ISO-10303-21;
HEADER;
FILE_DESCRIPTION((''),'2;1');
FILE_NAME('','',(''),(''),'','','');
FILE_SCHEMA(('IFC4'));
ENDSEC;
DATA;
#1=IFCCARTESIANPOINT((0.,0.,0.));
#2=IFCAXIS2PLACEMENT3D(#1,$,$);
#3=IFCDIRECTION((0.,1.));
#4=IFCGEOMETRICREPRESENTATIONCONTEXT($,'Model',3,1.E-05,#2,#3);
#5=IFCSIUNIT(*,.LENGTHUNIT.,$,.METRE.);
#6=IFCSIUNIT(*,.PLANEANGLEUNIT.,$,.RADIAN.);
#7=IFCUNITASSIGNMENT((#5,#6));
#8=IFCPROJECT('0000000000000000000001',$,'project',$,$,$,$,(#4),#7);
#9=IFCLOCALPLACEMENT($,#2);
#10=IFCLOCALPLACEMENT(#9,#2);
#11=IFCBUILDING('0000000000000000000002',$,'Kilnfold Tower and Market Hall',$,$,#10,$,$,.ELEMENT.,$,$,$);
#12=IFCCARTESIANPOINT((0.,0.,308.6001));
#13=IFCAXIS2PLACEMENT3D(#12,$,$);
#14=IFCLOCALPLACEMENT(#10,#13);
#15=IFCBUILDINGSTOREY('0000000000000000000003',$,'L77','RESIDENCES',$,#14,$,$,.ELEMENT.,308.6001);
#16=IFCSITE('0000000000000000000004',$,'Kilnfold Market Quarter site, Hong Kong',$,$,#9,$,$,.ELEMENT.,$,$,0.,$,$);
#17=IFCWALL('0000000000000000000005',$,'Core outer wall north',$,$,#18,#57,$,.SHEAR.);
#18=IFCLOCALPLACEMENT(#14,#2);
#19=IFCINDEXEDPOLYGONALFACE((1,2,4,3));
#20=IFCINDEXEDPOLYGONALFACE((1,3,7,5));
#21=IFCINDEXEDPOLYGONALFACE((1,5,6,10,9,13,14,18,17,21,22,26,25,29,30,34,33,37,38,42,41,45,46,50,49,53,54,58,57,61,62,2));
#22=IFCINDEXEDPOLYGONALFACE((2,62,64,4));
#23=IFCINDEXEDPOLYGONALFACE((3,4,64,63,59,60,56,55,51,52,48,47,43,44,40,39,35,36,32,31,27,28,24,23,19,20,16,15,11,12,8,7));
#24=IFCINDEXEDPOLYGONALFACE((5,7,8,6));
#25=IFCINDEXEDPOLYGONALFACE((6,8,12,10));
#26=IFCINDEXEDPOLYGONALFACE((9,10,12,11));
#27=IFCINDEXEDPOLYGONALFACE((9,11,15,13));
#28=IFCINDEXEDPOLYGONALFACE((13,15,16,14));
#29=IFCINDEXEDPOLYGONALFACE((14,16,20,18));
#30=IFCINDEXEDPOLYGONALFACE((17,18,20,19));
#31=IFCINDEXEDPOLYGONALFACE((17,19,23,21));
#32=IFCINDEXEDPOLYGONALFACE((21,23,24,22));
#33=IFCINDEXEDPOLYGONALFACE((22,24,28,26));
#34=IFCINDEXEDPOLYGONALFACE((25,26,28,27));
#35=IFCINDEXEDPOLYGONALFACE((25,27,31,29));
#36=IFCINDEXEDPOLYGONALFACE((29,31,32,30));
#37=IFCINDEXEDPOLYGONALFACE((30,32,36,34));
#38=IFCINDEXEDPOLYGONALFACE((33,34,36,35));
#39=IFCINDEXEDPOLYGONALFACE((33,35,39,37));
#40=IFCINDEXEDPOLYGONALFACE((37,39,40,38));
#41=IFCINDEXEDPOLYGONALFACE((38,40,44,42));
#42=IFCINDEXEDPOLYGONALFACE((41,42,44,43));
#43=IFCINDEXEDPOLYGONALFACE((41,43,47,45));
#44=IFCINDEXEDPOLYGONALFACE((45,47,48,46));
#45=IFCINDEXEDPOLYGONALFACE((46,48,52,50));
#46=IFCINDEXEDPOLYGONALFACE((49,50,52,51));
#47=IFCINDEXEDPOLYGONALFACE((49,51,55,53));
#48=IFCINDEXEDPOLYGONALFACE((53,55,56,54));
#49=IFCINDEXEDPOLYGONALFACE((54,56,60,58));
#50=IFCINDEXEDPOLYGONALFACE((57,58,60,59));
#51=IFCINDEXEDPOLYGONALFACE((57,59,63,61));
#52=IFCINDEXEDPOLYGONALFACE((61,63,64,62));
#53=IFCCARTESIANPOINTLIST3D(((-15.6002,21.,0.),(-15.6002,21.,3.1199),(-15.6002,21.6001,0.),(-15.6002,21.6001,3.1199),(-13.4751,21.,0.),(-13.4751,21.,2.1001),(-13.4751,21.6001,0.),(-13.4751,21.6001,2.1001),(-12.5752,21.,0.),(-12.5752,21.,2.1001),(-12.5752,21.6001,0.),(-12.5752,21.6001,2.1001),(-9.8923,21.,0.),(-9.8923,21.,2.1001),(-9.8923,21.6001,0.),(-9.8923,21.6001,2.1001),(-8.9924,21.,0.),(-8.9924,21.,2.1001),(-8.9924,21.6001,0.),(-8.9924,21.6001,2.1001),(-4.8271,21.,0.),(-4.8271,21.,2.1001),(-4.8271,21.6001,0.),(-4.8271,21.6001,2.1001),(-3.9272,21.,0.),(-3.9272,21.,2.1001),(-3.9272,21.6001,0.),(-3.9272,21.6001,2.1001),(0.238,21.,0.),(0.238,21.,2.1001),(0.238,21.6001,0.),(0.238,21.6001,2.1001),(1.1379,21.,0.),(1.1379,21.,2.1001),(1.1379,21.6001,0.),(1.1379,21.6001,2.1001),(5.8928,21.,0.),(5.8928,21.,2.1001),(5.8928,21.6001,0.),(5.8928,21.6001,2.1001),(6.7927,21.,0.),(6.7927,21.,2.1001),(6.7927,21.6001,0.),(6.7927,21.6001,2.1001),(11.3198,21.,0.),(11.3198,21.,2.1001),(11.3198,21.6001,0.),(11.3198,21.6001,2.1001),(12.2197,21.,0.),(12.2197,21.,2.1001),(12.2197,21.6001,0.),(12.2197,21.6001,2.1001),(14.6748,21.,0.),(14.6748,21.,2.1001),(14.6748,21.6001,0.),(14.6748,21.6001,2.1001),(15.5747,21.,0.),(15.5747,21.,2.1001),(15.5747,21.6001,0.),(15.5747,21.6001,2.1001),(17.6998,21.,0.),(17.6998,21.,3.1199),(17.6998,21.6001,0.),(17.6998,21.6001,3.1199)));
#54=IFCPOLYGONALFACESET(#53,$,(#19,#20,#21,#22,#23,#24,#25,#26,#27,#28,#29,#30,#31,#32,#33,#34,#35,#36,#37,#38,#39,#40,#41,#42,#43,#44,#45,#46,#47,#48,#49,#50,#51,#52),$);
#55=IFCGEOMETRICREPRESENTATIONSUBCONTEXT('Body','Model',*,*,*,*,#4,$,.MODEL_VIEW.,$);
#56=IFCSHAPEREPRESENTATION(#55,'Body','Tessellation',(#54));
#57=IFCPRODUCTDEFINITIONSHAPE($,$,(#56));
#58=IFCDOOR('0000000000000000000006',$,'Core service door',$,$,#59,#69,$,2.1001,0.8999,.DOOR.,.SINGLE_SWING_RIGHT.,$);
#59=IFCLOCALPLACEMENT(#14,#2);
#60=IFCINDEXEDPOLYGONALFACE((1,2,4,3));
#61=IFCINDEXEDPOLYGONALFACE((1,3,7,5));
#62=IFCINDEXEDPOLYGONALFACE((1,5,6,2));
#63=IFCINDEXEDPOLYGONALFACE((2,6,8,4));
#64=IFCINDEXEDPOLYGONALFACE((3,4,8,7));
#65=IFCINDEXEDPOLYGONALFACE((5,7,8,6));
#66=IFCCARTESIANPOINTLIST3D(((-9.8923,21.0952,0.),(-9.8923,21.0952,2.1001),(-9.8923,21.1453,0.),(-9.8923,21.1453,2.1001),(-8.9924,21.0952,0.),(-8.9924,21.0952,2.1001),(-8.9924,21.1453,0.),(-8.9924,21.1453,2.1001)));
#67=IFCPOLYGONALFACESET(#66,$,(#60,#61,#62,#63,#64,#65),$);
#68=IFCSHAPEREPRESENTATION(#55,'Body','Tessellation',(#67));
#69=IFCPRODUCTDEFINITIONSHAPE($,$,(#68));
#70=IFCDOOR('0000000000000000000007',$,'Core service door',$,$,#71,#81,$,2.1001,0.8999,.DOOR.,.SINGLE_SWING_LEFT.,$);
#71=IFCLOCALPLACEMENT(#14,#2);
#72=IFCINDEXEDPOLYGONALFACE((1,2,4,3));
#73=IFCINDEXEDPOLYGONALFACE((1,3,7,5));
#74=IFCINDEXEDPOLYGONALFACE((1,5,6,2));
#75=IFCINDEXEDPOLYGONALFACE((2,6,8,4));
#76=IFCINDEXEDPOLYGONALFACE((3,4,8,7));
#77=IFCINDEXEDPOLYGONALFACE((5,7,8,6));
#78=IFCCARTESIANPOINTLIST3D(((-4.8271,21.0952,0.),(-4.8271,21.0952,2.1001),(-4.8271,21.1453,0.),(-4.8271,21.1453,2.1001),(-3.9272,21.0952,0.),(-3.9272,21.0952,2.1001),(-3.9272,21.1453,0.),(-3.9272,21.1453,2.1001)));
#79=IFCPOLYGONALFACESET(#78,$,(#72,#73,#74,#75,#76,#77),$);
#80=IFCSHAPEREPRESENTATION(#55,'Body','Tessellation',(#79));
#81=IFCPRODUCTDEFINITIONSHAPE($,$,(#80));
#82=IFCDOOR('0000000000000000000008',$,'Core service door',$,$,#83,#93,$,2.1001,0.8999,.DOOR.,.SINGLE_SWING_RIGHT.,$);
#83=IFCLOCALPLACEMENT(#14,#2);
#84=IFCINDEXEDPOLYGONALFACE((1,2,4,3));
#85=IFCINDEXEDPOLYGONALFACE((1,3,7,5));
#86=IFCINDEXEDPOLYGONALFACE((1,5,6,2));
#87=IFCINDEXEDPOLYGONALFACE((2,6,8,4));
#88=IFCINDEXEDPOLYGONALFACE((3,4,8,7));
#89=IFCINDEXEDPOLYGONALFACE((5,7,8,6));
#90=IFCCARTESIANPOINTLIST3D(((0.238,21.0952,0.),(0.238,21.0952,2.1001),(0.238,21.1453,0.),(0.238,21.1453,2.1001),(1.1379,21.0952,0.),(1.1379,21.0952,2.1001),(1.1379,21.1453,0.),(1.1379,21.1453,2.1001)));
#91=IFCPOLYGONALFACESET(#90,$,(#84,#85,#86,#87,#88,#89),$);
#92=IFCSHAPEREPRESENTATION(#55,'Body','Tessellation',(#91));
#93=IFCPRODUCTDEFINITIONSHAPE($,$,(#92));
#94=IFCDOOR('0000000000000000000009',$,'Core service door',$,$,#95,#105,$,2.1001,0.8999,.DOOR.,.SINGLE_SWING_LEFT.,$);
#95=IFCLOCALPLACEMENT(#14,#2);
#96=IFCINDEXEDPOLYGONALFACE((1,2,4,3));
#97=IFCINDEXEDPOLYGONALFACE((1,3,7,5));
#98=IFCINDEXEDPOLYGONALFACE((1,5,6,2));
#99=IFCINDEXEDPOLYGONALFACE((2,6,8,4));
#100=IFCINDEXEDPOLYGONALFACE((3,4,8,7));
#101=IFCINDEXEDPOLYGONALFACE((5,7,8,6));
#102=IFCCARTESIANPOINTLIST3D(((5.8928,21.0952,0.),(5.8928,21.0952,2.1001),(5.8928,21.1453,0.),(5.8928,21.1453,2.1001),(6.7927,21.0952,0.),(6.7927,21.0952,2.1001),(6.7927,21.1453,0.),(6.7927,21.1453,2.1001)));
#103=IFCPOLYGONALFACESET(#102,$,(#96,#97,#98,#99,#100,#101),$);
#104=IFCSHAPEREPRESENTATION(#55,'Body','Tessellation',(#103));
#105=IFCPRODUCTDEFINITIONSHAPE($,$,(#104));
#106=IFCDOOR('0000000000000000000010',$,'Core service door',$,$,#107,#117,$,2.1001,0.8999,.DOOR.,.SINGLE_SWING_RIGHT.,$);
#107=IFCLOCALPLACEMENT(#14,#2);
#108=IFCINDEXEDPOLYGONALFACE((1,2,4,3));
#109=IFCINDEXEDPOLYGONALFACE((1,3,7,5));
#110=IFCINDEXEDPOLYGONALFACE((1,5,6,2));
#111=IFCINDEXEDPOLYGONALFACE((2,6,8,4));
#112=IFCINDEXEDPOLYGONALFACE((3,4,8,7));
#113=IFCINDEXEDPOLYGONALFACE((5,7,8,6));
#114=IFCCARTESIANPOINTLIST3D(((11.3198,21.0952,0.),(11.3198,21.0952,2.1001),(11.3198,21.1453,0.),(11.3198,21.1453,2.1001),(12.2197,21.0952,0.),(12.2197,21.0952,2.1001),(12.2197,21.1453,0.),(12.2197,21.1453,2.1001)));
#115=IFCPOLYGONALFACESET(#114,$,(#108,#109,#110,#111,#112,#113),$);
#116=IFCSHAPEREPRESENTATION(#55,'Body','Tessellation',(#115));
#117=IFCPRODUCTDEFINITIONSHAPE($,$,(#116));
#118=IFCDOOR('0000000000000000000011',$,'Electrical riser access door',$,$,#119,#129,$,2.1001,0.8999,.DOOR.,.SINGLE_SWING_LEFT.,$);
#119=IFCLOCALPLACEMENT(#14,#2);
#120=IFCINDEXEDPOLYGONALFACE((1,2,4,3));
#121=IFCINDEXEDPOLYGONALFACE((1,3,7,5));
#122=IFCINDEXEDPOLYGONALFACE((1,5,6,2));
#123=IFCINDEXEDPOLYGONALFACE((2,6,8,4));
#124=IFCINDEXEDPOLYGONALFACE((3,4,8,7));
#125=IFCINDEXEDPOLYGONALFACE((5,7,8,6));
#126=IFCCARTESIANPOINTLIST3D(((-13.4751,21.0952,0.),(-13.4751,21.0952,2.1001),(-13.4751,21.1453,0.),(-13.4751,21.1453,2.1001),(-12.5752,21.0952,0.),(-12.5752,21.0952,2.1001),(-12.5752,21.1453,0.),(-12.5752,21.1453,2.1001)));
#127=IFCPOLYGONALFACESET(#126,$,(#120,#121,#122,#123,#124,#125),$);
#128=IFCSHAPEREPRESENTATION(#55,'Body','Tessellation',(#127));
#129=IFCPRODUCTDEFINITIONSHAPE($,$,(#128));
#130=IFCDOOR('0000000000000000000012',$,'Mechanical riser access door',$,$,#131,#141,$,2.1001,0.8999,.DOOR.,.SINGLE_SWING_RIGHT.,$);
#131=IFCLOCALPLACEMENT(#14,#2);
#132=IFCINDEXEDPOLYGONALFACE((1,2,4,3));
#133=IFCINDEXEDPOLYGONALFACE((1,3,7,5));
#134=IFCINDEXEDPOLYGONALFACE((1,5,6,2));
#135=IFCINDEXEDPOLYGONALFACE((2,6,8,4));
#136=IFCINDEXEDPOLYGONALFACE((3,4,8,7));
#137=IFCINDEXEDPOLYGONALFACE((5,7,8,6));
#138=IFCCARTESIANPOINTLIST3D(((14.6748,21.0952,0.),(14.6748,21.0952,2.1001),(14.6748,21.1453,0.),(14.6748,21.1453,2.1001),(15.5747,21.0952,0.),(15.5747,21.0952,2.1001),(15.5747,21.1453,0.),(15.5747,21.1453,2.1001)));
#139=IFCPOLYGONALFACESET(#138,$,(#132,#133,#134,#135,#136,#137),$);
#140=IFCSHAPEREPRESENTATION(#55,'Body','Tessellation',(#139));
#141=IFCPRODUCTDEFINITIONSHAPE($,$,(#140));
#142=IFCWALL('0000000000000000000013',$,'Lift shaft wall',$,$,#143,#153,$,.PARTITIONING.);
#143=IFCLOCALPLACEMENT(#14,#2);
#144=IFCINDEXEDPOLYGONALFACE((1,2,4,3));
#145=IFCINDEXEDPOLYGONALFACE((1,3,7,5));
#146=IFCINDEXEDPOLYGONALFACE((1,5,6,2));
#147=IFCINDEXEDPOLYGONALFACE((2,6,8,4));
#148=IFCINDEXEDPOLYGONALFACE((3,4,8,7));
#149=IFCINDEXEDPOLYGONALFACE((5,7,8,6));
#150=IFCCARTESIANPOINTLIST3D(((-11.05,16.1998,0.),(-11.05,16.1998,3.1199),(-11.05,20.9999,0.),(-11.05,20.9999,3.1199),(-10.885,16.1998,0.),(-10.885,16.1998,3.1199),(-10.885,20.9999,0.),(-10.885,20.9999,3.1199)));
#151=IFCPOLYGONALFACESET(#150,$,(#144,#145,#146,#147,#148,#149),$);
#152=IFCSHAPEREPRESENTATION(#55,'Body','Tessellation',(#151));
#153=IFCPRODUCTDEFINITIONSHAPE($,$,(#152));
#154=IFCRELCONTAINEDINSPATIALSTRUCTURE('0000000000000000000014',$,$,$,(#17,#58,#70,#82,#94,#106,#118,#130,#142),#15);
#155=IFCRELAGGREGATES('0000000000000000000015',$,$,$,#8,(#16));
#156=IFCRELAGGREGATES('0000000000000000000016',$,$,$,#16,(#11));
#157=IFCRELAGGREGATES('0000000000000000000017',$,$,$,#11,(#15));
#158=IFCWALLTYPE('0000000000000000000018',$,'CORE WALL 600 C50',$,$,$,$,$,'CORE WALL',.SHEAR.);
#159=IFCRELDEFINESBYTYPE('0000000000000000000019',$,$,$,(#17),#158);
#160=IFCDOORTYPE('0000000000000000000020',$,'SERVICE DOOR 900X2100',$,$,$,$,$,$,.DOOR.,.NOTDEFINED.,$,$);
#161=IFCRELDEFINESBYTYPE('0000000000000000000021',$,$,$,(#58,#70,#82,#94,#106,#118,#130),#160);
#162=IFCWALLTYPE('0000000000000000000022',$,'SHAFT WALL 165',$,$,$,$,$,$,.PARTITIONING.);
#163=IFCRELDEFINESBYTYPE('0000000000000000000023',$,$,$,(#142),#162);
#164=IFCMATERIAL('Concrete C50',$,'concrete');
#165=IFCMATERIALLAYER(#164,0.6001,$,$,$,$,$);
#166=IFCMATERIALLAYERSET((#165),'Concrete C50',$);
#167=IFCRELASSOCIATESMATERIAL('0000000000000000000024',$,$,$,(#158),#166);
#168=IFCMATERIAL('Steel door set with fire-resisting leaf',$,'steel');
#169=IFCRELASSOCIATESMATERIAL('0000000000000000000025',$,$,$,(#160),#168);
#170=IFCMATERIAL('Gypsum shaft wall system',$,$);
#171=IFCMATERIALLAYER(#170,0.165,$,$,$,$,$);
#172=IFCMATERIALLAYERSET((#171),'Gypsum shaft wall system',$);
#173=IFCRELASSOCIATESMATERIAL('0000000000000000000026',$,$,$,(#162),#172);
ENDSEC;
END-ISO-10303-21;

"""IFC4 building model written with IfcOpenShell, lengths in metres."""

from ifc_helpers import new_model, si_unit, direction, frame, frame_2d, origin, place, context, subcontext, project, spatial, rectangle, extrude, source, transform, mapped, material, layer, layer_set, type_object, element, fill, save


model = new_model("IFC4")

# Units and contexts
model_context = context("Model", 3, precision=1e-05, world=origin(), true_north=direction((0.0, 1.0)))
body_context = subcontext(model_context, "Body", "Model", "MODEL_VIEW")
ifc_project = project(units=[si_unit("LENGTHUNIT", "METRE"), si_unit("PLANEANGLEUNIT", "RADIAN")], contexts=[model_context])

# Site, building, storey
site_placement = place(None, origin())
site = spatial("IfcSite", under=ifc_project, at=site_placement, Name="Kilnfold Market Quarter site, Hong Kong", CompositionType="ELEMENT", RefElevation=0.0)
building_placement = place(site_placement, origin())
building = spatial("IfcBuilding", under=site, at=building_placement, Name="Kilnfold Tower and Market Hall", CompositionType="ELEMENT")
storey_placement = place(building_placement, frame((0.0, 0.0, 308.6001)))
storey = spatial("IfcBuildingStorey", under=building, at=storey_placement, Name="L77", Description="RESIDENCES", CompositionType="ELEMENT", Elevation=308.6001)

# Wall, openings, doors
ifc_material_1 = material(Name="Concrete C50", Category="concrete")
ifc_layer_1 = layer(ifc_material_1, 0.6001)
ifc_layer_set_1 = layer_set([ifc_layer_1], Name="Concrete C50")
wall_type_1 = type_object("IfcWallType", Name="CORE WALL 600 C50", ElementType="CORE WALL", PredefinedType="SHEAR", material=ifc_layer_set_1)
shared_shape_1 = source(origin(), body_context, "Body", "SweptSolid", [
    extrude(rectangle(XDim=33.3, YDim=0.6001, at=frame_2d((16.6499, 0.0))), origin(), (0.0, 0.0, 1.0), 3.1199),
])
wall_1_placement = place(storey_placement, frame((-15.6001, 21.3, 0.0), z_axis=(0.0, 0.0, 1.0), x_axis=(1.0, 0.0, 0.0)))
wall_1 = element("IfcWall", 1, at=wall_1_placement, inside=storey, type_object=wall_type_1, Name="Core outer wall north", PredefinedType="SHEAR", context=body_context, shape_type="MappedRepresentation", body=[
    mapped(shared_shape_1, transform((0.0, 0.0, 0.0))),
])
opening_1_placement = place(wall_1_placement, frame((5.7078, 0.0, 0.0)))
opening_1 = element("IfcOpeningElement", 2, at=opening_1_placement, cuts=wall_1, PredefinedType="OPENING", context=body_context, shape_type="SweptSolid", body=[
    extrude(rectangle(XDim=0.8999, YDim=2.1001, at=frame_2d((0.45, 1.05))), frame((0.0, 0.3101, 0.0), z_axis=(0.0, -1.0, 0.0), x_axis=(1.0, 0.0, 0.0)), (0.0, 0.0, 1.0), 0.6201),
])
opening_2_placement = place(wall_1_placement, frame((10.7729, 0.0, 0.0)))
opening_2 = element("IfcOpeningElement", 3, at=opening_2_placement, cuts=wall_1, PredefinedType="OPENING", context=body_context, shape_type="SweptSolid", body=[
    extrude(rectangle(XDim=0.8999, YDim=2.1001, at=frame_2d((0.45, 1.05))), frame((0.0, 0.3101, 0.0), z_axis=(0.0, -1.0, 0.0), x_axis=(1.0, 0.0, 0.0)), (0.0, 0.0, 1.0), 0.6201),
])
opening_3_placement = place(wall_1_placement, frame((15.8381, 0.0, 0.0)))
opening_3 = element("IfcOpeningElement", 4, at=opening_3_placement, cuts=wall_1, PredefinedType="OPENING", context=body_context, shape_type="SweptSolid", body=[
    extrude(rectangle(XDim=0.8999, YDim=2.1001, at=frame_2d((0.45, 1.05))), frame((0.0, 0.3101, 0.0), z_axis=(0.0, -1.0, 0.0), x_axis=(1.0, 0.0, 0.0)), (0.0, 0.0, 1.0), 0.6201),
])
opening_4_placement = place(wall_1_placement, frame((21.4929, 0.0, 0.0)))
opening_4 = element("IfcOpeningElement", 5, at=opening_4_placement, cuts=wall_1, PredefinedType="OPENING", context=body_context, shape_type="SweptSolid", body=[
    extrude(rectangle(XDim=0.8999, YDim=2.1001, at=frame_2d((0.45, 1.05))), frame((0.0, 0.3101, 0.0), z_axis=(0.0, -1.0, 0.0), x_axis=(1.0, 0.0, 0.0)), (0.0, 0.0, 1.0), 0.6201),
])
opening_5_placement = place(wall_1_placement, frame((26.9199, 0.0, 0.0)))
opening_5 = element("IfcOpeningElement", 6, at=opening_5_placement, cuts=wall_1, PredefinedType="OPENING", context=body_context, shape_type="SweptSolid", body=[
    extrude(rectangle(XDim=0.8999, YDim=2.1001, at=frame_2d((0.45, 1.05))), frame((0.0, 0.3101, 0.0), z_axis=(0.0, -1.0, 0.0), x_axis=(1.0, 0.0, 0.0)), (0.0, 0.0, 1.0), 0.6201),
])
opening_6_placement = place(wall_1_placement, frame((2.125, 0.0, 0.0)))
opening_6 = element("IfcOpeningElement", 7, at=opening_6_placement, cuts=wall_1, PredefinedType="OPENING", context=body_context, shape_type="SweptSolid", body=[
    extrude(rectangle(XDim=0.8999, YDim=2.1001, at=frame_2d((0.45, 1.05))), frame((0.0, 0.3101, 0.0), z_axis=(0.0, -1.0, 0.0), x_axis=(1.0, 0.0, 0.0)), (0.0, 0.0, 1.0), 0.6201),
])
opening_7_placement = place(wall_1_placement, frame((30.2749, 0.0, 0.0)))
opening_7 = element("IfcOpeningElement", 8, at=opening_7_placement, cuts=wall_1, PredefinedType="OPENING", context=body_context, shape_type="SweptSolid", body=[
    extrude(rectangle(XDim=0.8999, YDim=2.1001, at=frame_2d((0.45, 1.05))), frame((0.0, 0.3101, 0.0), z_axis=(0.0, -1.0, 0.0), x_axis=(1.0, 0.0, 0.0)), (0.0, 0.0, 1.0), 0.6201),
])
ifc_material_2 = material(Name="Steel door set with fire-resisting leaf", Category="steel")
door_type = type_object("IfcDoorType", Name="SERVICE DOOR 900X2100", OperationType="NOTDEFINED", PredefinedType="DOOR", material=ifc_material_2)
door_1_placement = place(opening_1_placement, origin())
door_1 = element("IfcDoor", 9, at=door_1_placement, inside=storey, type_object=door_type, Name="Core service door", OperationType="SINGLE_SWING_RIGHT", OverallHeight=2.1001, OverallWidth=0.8999, PredefinedType="DOOR", context=body_context, shape_type="SweptSolid", body=[
    extrude(rectangle(XDim=0.8999, YDim=2.1001, at=frame_2d((0.45, 1.05))), frame((0.0, -0.1548, 0.0), z_axis=(0.0, -1.0, 0.0), x_axis=(1.0, 0.0, 0.0)), (0.0, 0.0, 1.0), 0.05),
])
fill(opening_1, door_1)
door_2_placement = place(opening_2_placement, origin())
door_2 = element("IfcDoor", 10, at=door_2_placement, inside=storey, type_object=door_type, Name="Core service door", OperationType="SINGLE_SWING_LEFT", OverallHeight=2.1001, OverallWidth=0.8999, PredefinedType="DOOR", context=body_context, shape_type="SweptSolid", body=[
    extrude(rectangle(XDim=0.8999, YDim=2.1001, at=frame_2d((0.45, 1.05))), frame((0.0, -0.1548, 0.0), z_axis=(0.0, -1.0, 0.0), x_axis=(1.0, 0.0, 0.0)), (0.0, 0.0, 1.0), 0.05),
])
fill(opening_2, door_2)
door_3_placement = place(opening_3_placement, origin())
door_3 = element("IfcDoor", 11, at=door_3_placement, inside=storey, type_object=door_type, Name="Core service door", OperationType="SINGLE_SWING_RIGHT", OverallHeight=2.1001, OverallWidth=0.8999, PredefinedType="DOOR", context=body_context, shape_type="SweptSolid", body=[
    extrude(rectangle(XDim=0.8999, YDim=2.1001, at=frame_2d((0.45, 1.05))), frame((0.0, -0.1548, 0.0), z_axis=(0.0, -1.0, 0.0), x_axis=(1.0, 0.0, 0.0)), (0.0, 0.0, 1.0), 0.05),
])
fill(opening_3, door_3)
door_4_placement = place(opening_4_placement, origin())
door_4 = element("IfcDoor", 12, at=door_4_placement, inside=storey, type_object=door_type, Name="Core service door", OperationType="SINGLE_SWING_LEFT", OverallHeight=2.1001, OverallWidth=0.8999, PredefinedType="DOOR", context=body_context, shape_type="SweptSolid", body=[
    extrude(rectangle(XDim=0.8999, YDim=2.1001, at=frame_2d((0.45, 1.05))), frame((0.0, -0.1548, 0.0), z_axis=(0.0, -1.0, 0.0), x_axis=(1.0, 0.0, 0.0)), (0.0, 0.0, 1.0), 0.05),
])
fill(opening_4, door_4)
door_5_placement = place(opening_5_placement, origin())
door_5 = element("IfcDoor", 13, at=door_5_placement, inside=storey, type_object=door_type, Name="Core service door", OperationType="SINGLE_SWING_RIGHT", OverallHeight=2.1001, OverallWidth=0.8999, PredefinedType="DOOR", context=body_context, shape_type="SweptSolid", body=[
    extrude(rectangle(XDim=0.8999, YDim=2.1001, at=frame_2d((0.45, 1.05))), frame((0.0, -0.1548, 0.0), z_axis=(0.0, -1.0, 0.0), x_axis=(1.0, 0.0, 0.0)), (0.0, 0.0, 1.0), 0.05),
])
fill(opening_5, door_5)
door_6_placement = place(opening_6_placement, origin())
door_6 = element("IfcDoor", 14, at=door_6_placement, inside=storey, type_object=door_type, Name="Electrical riser access door", OperationType="SINGLE_SWING_LEFT", OverallHeight=2.1001, OverallWidth=0.8999, PredefinedType="DOOR", context=body_context, shape_type="SweptSolid", body=[
    extrude(rectangle(XDim=0.8999, YDim=2.1001, at=frame_2d((0.45, 1.05))), frame((0.0, -0.1548, 0.0), z_axis=(0.0, -1.0, 0.0), x_axis=(1.0, 0.0, 0.0)), (0.0, 0.0, 1.0), 0.05),
])
fill(opening_6, door_6)
door_7_placement = place(opening_7_placement, origin())
door_7 = element("IfcDoor", 15, at=door_7_placement, inside=storey, type_object=door_type, Name="Mechanical riser access door", OperationType="SINGLE_SWING_RIGHT", OverallHeight=2.1001, OverallWidth=0.8999, PredefinedType="DOOR", context=body_context, shape_type="SweptSolid", body=[
    extrude(rectangle(XDim=0.8999, YDim=2.1001, at=frame_2d((0.45, 1.05))), frame((0.0, -0.1548, 0.0), z_axis=(0.0, -1.0, 0.0), x_axis=(1.0, 0.0, 0.0)), (0.0, 0.0, 1.0), 0.05),
])
fill(opening_7, door_7)

# Wall
ifc_material_3 = material(Name="Gypsum shaft wall system")
ifc_layer_2 = layer(ifc_material_3, 0.165)
ifc_layer_set_2 = layer_set([ifc_layer_2], Name="Gypsum shaft wall system")
wall_type_2 = type_object("IfcWallType", Name="SHAFT WALL 165", PredefinedType="PARTITIONING", material=ifc_layer_set_2)
shared_shape_2 = source(origin(), body_context, "Body", "SweptSolid", [
    extrude(rectangle(XDim=4.8, YDim=0.165, at=frame_2d((2.3999, 0.0))), origin(), (0.0, 0.0, 1.0), 3.1199),
])
wall_2_placement = place(storey_placement, frame((-10.9675, 16.2, 0.0), z_axis=(0.0, 0.0, 1.0), x_axis=(0.0, 1.0, 0.0)))
element("IfcWall", 16, at=wall_2_placement, inside=storey, type_object=wall_type_2, Name="Lift shaft wall", PredefinedType="PARTITIONING", context=body_context, shape_type="MappedRepresentation", body=[
    mapped(shared_shape_2, transform((0.0, 0.0, 0.0))),
])

save(model, "model.ifc")
